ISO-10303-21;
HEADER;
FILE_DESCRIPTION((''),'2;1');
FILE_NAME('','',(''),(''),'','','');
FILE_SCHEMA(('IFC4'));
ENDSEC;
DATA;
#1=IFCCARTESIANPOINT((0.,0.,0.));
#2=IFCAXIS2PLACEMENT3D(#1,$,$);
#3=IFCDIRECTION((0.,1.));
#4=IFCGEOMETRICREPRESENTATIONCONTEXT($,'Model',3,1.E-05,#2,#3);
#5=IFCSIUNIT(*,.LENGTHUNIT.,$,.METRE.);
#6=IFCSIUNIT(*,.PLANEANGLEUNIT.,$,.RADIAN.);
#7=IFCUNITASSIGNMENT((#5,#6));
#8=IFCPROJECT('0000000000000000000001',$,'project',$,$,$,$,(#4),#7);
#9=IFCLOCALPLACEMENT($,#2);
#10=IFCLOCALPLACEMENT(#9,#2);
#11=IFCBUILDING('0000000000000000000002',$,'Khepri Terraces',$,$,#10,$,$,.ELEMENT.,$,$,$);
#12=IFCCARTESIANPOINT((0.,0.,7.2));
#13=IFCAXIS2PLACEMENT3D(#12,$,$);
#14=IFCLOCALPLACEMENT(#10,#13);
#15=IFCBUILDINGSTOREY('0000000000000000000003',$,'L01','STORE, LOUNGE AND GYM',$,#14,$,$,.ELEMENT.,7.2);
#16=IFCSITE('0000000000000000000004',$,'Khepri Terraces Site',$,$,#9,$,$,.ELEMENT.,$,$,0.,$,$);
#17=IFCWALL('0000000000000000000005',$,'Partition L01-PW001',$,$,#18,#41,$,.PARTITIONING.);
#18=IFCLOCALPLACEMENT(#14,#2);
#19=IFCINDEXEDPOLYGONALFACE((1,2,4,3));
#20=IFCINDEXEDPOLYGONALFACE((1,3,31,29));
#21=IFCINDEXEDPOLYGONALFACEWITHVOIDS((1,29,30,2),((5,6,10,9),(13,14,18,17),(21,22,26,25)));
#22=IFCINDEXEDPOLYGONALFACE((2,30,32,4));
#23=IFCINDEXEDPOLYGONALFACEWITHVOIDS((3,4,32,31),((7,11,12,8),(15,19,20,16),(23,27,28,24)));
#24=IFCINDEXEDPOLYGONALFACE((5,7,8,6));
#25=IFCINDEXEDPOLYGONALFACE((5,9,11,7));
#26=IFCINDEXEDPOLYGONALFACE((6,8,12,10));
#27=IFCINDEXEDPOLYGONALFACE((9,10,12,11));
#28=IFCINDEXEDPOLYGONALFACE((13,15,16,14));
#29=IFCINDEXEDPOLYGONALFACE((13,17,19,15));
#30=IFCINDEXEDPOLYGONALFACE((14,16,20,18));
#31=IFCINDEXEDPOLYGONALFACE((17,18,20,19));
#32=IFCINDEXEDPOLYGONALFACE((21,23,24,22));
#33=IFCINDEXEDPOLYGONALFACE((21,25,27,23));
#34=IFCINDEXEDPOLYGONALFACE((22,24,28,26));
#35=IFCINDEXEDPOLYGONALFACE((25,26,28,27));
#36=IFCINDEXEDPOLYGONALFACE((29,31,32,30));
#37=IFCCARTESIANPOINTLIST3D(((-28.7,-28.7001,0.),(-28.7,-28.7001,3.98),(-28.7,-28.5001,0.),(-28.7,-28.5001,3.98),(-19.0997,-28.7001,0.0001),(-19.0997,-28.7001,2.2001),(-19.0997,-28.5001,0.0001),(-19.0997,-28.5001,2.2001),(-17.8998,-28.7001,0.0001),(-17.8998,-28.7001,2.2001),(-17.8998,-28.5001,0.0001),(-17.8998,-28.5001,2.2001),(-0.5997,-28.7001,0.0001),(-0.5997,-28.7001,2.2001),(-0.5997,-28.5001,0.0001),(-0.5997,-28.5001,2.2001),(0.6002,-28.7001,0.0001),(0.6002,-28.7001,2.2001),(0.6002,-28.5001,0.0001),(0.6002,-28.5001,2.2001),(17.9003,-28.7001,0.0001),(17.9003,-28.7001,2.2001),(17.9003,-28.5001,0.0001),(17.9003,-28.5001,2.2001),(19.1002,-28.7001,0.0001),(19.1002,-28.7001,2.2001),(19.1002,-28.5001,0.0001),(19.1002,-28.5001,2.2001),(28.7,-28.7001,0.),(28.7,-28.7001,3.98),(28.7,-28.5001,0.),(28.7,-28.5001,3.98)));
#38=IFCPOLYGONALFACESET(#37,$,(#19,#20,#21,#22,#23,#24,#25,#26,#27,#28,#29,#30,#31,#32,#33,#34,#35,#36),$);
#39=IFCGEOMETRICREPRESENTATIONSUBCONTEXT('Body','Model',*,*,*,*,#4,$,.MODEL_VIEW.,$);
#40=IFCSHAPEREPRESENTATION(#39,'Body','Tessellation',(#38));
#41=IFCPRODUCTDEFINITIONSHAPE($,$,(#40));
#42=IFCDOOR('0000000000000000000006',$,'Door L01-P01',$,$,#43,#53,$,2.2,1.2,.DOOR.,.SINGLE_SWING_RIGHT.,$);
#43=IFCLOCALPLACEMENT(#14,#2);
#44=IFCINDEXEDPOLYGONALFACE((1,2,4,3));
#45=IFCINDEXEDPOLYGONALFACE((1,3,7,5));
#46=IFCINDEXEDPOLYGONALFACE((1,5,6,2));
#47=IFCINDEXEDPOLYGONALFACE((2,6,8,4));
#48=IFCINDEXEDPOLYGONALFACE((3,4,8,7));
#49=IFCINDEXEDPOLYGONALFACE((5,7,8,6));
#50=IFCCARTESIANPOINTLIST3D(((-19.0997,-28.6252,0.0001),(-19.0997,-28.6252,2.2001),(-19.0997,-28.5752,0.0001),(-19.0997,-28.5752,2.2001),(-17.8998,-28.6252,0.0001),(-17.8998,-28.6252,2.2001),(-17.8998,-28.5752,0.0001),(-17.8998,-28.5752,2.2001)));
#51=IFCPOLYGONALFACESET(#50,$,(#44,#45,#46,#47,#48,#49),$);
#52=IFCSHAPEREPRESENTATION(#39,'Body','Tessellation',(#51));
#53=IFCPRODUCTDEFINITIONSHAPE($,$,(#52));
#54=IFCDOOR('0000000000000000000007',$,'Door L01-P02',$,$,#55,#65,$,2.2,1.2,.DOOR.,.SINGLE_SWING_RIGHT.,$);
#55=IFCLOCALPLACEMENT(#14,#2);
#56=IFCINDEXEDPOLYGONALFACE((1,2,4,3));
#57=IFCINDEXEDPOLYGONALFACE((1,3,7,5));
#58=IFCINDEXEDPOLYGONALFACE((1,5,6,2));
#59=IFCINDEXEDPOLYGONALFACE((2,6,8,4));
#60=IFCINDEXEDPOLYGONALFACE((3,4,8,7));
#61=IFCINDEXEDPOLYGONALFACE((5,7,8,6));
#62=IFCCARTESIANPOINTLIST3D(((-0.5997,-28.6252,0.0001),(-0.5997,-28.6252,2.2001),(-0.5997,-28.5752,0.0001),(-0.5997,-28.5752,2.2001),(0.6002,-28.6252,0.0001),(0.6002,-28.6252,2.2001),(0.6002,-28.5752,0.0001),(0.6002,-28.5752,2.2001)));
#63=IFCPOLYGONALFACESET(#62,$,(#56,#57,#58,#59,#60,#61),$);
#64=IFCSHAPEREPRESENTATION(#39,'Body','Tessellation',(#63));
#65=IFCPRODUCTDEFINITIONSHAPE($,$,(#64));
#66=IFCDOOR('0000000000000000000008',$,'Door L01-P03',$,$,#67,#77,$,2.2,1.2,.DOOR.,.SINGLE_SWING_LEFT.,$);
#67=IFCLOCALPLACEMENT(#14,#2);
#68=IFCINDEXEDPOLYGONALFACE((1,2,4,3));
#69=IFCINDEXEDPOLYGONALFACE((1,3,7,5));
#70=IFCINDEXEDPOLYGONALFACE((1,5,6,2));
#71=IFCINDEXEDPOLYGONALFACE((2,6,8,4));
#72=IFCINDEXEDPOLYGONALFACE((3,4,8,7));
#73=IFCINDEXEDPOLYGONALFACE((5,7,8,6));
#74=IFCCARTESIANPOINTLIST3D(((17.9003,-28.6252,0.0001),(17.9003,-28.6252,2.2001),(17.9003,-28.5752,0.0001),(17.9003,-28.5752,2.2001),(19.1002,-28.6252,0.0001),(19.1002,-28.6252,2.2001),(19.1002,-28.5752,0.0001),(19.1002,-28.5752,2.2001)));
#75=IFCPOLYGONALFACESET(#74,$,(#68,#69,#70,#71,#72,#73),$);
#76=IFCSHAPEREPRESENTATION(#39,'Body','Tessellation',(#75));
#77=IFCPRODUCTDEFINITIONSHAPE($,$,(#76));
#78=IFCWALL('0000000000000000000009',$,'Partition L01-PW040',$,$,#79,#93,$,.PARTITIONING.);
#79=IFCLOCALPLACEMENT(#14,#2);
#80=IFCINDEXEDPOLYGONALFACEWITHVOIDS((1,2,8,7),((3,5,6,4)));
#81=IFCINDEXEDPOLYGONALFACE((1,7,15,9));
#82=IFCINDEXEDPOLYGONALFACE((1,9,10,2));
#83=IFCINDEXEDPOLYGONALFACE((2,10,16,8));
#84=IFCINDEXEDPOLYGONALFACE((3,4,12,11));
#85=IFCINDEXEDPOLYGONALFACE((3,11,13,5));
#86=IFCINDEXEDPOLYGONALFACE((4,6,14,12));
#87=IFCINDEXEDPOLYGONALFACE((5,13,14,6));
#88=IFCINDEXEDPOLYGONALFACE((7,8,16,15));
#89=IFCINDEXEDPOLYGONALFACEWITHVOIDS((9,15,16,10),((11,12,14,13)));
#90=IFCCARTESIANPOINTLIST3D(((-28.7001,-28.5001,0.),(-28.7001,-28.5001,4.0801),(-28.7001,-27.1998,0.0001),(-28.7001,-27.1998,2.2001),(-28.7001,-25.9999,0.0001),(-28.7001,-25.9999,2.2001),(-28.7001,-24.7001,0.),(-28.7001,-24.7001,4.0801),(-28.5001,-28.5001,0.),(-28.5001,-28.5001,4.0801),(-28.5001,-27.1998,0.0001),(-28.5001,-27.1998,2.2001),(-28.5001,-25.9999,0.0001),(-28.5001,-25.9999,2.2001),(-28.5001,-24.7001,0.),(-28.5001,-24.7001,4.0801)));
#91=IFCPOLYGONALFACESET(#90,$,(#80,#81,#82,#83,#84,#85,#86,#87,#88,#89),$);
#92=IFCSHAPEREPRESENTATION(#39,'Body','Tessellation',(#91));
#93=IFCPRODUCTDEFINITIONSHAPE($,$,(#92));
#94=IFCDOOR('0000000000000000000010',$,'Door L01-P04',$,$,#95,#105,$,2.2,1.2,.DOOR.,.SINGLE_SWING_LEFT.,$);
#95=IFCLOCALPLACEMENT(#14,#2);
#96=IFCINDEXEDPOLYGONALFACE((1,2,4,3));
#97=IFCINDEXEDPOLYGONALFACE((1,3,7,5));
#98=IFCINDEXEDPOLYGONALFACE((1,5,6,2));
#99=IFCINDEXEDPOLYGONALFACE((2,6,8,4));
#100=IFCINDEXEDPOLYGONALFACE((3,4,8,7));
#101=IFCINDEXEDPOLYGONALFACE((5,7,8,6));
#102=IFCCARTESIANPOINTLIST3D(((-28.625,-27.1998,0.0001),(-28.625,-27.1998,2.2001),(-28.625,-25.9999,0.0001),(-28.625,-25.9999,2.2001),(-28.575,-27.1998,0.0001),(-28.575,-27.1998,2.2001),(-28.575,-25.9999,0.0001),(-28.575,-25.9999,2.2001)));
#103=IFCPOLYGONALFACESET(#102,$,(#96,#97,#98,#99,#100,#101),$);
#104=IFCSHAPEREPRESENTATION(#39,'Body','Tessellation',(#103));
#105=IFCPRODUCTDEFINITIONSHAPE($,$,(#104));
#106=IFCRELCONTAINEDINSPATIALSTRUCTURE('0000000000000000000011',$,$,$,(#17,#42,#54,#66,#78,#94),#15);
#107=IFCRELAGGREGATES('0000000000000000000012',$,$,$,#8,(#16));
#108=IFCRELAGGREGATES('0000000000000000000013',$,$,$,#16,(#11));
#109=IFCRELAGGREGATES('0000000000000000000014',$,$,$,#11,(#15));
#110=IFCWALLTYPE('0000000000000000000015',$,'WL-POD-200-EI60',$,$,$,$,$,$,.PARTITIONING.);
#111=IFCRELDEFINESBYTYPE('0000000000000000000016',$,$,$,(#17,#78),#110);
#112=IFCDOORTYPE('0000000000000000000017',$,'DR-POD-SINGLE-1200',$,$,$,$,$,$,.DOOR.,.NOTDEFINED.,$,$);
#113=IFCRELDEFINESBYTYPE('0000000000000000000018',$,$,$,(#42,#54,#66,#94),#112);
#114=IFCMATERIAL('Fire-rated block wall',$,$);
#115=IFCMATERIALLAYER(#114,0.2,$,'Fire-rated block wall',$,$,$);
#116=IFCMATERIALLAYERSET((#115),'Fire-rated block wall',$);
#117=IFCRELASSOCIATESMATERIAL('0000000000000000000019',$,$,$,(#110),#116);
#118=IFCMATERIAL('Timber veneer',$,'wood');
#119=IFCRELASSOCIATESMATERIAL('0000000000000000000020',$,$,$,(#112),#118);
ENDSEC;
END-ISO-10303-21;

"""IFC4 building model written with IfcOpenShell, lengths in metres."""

from ifc_helpers import new_model, si_unit, direction, frame, frame_2d, origin, place, context, subcontext, project, spatial, rectangle, extrude, material, layer, layer_set, type_object, element, fill, save


model = new_model("IFC4")

# Units and contexts
model_context = context("Model", 3, precision=1e-05, world=origin(), true_north=direction((0.0, 1.0)))
body_context = subcontext(model_context, "Body", "Model", "MODEL_VIEW")
ifc_project = project(units=[si_unit("LENGTHUNIT", "METRE"), si_unit("PLANEANGLEUNIT", "RADIAN")], contexts=[model_context])

# Site, building, storey
site_placement = place(None, origin())
site = spatial("IfcSite", under=ifc_project, at=site_placement, Name="Khepri Terraces Site", CompositionType="ELEMENT", RefElevation=0.0)
building_placement = place(site_placement, origin())
building = spatial("IfcBuilding", under=site, at=building_placement, Name="Khepri Terraces", CompositionType="ELEMENT")
storey_placement = place(building_placement, frame((0.0, 0.0, 7.2)))
storey = spatial("IfcBuildingStorey", under=building, at=storey_placement, Name="L01", Description="STORE, LOUNGE AND GYM", CompositionType="ELEMENT", Elevation=7.2)

# Wall, openings, doors
ifc_material_1 = material(Name="Fire-rated block wall")
ifc_layer = layer(ifc_material_1, 0.2, Name="Fire-rated block wall")
ifc_layer_set = layer_set([ifc_layer], Name="Fire-rated block wall")
wall_type = type_object("IfcWallType", Name="WL-POD-200-EI60", PredefinedType="PARTITIONING", material=ifc_layer_set)
wall_1_placement = place(storey_placement, frame((-28.7, -28.6001, 0.0), z_axis=(0.0, 0.0, 1.0), x_axis=(1.0, 0.0, 0.0)))
wall_1 = element("IfcWall", 1, at=wall_1_placement, inside=storey, type_object=wall_type, Name="Partition L01-PW001", PredefinedType="PARTITIONING", context=body_context, shape_type="SweptSolid", body=[
    extrude(rectangle(XDim=57.3999, YDim=0.2, at=frame_2d((28.7, 0.0))), origin(), (0.0, 0.0, 1.0), 3.98),
])
opening_1_placement = place(wall_1_placement, frame((9.6001, 0.0, 0.0)))
opening_1 = element("IfcOpeningElement", 2, at=opening_1_placement, cuts=wall_1, PredefinedType="OPENING", context=body_context, shape_type="SweptSolid", body=[
    extrude(rectangle(XDim=1.2, YDim=2.2, at=frame_2d((0.6001, 1.1001))), frame((0.0, 0.1099, 0.0), z_axis=(0.0, -1.0, 0.0), x_axis=(1.0, 0.0, 0.0)), (0.0, 0.0, 1.0), 0.22),
])
opening_2_placement = place(wall_1_placement, frame((28.1001, 0.0, 0.0)))
opening_2 = element("IfcOpeningElement", 3, at=opening_2_placement, cuts=wall_1, PredefinedType="OPENING", context=body_context, shape_type="SweptSolid", body=[
    extrude(rectangle(XDim=1.2, YDim=2.2, at=frame_2d((0.6001, 1.1001))), frame((0.0, 0.1099, 0.0), z_axis=(0.0, -1.0, 0.0), x_axis=(1.0, 0.0, 0.0)), (0.0, 0.0, 1.0), 0.22),
])
opening_3_placement = place(wall_1_placement, frame((46.6001, 0.0, 0.0)))
opening_3 = element("IfcOpeningElement", 4, at=opening_3_placement, cuts=wall_1, PredefinedType="OPENING", context=body_context, shape_type="SweptSolid", body=[
    extrude(rectangle(XDim=1.2, YDim=2.2, at=frame_2d((0.6001, 1.1001))), frame((0.0, 0.1099, 0.0), z_axis=(0.0, -1.0, 0.0), x_axis=(1.0, 0.0, 0.0)), (0.0, 0.0, 1.0), 0.22),
])
ifc_material_2 = material(Name="Timber veneer", Category="wood")
door_type = type_object("IfcDoorType", Name="DR-POD-SINGLE-1200", OperationType="NOTDEFINED", PredefinedType="DOOR", material=ifc_material_2)
door_1_placement = place(opening_1_placement, origin())
door_1 = element("IfcDoor", 5, at=door_1_placement, inside=storey, type_object=door_type, Name="Door L01-P01", OperationType="SINGLE_SWING_RIGHT", OverallHeight=2.2, OverallWidth=1.2, PredefinedType="DOOR", context=body_context, shape_type="SweptSolid", body=[
    extrude(rectangle(XDim=1.2, YDim=2.2, at=frame_2d((0.6001, 1.1001))), frame((0.0, 0.0249, 0.0), z_axis=(0.0, -1.0, 0.0), x_axis=(1.0, 0.0, 0.0)), (0.0, 0.0, 1.0), 0.05),
])
fill(opening_1, door_1)
door_2_placement = place(opening_2_placement, origin())
door_2 = element("IfcDoor", 6, at=door_2_placement, inside=storey, type_object=door_type, Name="Door L01-P02", OperationType="SINGLE_SWING_RIGHT", OverallHeight=2.2, OverallWidth=1.2, PredefinedType="DOOR", context=body_context, shape_type="SweptSolid", body=[
    extrude(rectangle(XDim=1.2, YDim=2.2, at=frame_2d((0.6001, 1.1001))), frame((0.0, 0.0249, 0.0), z_axis=(0.0, -1.0, 0.0), x_axis=(1.0, 0.0, 0.0)), (0.0, 0.0, 1.0), 0.05),
])
fill(opening_2, door_2)
door_3_placement = place(opening_3_placement, origin())
door_3 = element("IfcDoor", 7, at=door_3_placement, inside=storey, type_object=door_type, Name="Door L01-P03", OperationType="SINGLE_SWING_LEFT", OverallHeight=2.2, OverallWidth=1.2, PredefinedType="DOOR", context=body_context, shape_type="SweptSolid", body=[
    extrude(rectangle(XDim=1.2, YDim=2.2, at=frame_2d((0.6001, 1.1001))), frame((0.0, 0.0249, 0.0), z_axis=(0.0, -1.0, 0.0), x_axis=(1.0, 0.0, 0.0)), (0.0, 0.0, 1.0), 0.05),
])
fill(opening_3, door_3)

# Wall, opening, door
wall_2_placement = place(storey_placement, frame((-28.6001, -28.5, 0.0), z_axis=(0.0, 0.0, 1.0), x_axis=(0.0, 1.0, 0.0)))
wall_2 = element("IfcWall", 8, at=wall_2_placement, inside=storey, type_object=wall_type, Name="Partition L01-PW040", PredefinedType="PARTITIONING", context=body_context, shape_type="SweptSolid", body=[
    extrude(rectangle(XDim=3.8, YDim=0.2, at=frame_2d((1.8999, 0.0))), origin(), (0.0, 0.0, 1.0), 4.0801),
])
opening_4_placement = place(wall_2_placement, frame((1.3, 0.0, 0.0)))
opening_4 = element("IfcOpeningElement", 9, at=opening_4_placement, cuts=wall_2, PredefinedType="OPENING", context=body_context, shape_type="SweptSolid", body=[
    extrude(rectangle(XDim=1.2, YDim=2.2, at=frame_2d((0.6001, 1.1001))), frame((0.0, 0.1099, 0.0), z_axis=(0.0, -1.0, 0.0), x_axis=(1.0, 0.0, 0.0)), (0.0, 0.0, 1.0), 0.22),
])
door_4_placement = place(opening_4_placement, origin())
door_4 = element("IfcDoor", 10, at=door_4_placement, inside=storey, type_object=door_type, Name="Door L01-P04", OperationType="SINGLE_SWING_LEFT", OverallHeight=2.2, OverallWidth=1.2, PredefinedType="DOOR", context=body_context, shape_type="SweptSolid", body=[
    extrude(rectangle(XDim=1.2, YDim=2.2, at=frame_2d((0.6001, 1.1001))), frame((0.0, 0.0249, 0.0), z_axis=(0.0, -1.0, 0.0), x_axis=(1.0, 0.0, 0.0)), (0.0, 0.0, 1.0), 0.05),
])
fill(opening_4, door_4)

save(model, "model.ifc")
